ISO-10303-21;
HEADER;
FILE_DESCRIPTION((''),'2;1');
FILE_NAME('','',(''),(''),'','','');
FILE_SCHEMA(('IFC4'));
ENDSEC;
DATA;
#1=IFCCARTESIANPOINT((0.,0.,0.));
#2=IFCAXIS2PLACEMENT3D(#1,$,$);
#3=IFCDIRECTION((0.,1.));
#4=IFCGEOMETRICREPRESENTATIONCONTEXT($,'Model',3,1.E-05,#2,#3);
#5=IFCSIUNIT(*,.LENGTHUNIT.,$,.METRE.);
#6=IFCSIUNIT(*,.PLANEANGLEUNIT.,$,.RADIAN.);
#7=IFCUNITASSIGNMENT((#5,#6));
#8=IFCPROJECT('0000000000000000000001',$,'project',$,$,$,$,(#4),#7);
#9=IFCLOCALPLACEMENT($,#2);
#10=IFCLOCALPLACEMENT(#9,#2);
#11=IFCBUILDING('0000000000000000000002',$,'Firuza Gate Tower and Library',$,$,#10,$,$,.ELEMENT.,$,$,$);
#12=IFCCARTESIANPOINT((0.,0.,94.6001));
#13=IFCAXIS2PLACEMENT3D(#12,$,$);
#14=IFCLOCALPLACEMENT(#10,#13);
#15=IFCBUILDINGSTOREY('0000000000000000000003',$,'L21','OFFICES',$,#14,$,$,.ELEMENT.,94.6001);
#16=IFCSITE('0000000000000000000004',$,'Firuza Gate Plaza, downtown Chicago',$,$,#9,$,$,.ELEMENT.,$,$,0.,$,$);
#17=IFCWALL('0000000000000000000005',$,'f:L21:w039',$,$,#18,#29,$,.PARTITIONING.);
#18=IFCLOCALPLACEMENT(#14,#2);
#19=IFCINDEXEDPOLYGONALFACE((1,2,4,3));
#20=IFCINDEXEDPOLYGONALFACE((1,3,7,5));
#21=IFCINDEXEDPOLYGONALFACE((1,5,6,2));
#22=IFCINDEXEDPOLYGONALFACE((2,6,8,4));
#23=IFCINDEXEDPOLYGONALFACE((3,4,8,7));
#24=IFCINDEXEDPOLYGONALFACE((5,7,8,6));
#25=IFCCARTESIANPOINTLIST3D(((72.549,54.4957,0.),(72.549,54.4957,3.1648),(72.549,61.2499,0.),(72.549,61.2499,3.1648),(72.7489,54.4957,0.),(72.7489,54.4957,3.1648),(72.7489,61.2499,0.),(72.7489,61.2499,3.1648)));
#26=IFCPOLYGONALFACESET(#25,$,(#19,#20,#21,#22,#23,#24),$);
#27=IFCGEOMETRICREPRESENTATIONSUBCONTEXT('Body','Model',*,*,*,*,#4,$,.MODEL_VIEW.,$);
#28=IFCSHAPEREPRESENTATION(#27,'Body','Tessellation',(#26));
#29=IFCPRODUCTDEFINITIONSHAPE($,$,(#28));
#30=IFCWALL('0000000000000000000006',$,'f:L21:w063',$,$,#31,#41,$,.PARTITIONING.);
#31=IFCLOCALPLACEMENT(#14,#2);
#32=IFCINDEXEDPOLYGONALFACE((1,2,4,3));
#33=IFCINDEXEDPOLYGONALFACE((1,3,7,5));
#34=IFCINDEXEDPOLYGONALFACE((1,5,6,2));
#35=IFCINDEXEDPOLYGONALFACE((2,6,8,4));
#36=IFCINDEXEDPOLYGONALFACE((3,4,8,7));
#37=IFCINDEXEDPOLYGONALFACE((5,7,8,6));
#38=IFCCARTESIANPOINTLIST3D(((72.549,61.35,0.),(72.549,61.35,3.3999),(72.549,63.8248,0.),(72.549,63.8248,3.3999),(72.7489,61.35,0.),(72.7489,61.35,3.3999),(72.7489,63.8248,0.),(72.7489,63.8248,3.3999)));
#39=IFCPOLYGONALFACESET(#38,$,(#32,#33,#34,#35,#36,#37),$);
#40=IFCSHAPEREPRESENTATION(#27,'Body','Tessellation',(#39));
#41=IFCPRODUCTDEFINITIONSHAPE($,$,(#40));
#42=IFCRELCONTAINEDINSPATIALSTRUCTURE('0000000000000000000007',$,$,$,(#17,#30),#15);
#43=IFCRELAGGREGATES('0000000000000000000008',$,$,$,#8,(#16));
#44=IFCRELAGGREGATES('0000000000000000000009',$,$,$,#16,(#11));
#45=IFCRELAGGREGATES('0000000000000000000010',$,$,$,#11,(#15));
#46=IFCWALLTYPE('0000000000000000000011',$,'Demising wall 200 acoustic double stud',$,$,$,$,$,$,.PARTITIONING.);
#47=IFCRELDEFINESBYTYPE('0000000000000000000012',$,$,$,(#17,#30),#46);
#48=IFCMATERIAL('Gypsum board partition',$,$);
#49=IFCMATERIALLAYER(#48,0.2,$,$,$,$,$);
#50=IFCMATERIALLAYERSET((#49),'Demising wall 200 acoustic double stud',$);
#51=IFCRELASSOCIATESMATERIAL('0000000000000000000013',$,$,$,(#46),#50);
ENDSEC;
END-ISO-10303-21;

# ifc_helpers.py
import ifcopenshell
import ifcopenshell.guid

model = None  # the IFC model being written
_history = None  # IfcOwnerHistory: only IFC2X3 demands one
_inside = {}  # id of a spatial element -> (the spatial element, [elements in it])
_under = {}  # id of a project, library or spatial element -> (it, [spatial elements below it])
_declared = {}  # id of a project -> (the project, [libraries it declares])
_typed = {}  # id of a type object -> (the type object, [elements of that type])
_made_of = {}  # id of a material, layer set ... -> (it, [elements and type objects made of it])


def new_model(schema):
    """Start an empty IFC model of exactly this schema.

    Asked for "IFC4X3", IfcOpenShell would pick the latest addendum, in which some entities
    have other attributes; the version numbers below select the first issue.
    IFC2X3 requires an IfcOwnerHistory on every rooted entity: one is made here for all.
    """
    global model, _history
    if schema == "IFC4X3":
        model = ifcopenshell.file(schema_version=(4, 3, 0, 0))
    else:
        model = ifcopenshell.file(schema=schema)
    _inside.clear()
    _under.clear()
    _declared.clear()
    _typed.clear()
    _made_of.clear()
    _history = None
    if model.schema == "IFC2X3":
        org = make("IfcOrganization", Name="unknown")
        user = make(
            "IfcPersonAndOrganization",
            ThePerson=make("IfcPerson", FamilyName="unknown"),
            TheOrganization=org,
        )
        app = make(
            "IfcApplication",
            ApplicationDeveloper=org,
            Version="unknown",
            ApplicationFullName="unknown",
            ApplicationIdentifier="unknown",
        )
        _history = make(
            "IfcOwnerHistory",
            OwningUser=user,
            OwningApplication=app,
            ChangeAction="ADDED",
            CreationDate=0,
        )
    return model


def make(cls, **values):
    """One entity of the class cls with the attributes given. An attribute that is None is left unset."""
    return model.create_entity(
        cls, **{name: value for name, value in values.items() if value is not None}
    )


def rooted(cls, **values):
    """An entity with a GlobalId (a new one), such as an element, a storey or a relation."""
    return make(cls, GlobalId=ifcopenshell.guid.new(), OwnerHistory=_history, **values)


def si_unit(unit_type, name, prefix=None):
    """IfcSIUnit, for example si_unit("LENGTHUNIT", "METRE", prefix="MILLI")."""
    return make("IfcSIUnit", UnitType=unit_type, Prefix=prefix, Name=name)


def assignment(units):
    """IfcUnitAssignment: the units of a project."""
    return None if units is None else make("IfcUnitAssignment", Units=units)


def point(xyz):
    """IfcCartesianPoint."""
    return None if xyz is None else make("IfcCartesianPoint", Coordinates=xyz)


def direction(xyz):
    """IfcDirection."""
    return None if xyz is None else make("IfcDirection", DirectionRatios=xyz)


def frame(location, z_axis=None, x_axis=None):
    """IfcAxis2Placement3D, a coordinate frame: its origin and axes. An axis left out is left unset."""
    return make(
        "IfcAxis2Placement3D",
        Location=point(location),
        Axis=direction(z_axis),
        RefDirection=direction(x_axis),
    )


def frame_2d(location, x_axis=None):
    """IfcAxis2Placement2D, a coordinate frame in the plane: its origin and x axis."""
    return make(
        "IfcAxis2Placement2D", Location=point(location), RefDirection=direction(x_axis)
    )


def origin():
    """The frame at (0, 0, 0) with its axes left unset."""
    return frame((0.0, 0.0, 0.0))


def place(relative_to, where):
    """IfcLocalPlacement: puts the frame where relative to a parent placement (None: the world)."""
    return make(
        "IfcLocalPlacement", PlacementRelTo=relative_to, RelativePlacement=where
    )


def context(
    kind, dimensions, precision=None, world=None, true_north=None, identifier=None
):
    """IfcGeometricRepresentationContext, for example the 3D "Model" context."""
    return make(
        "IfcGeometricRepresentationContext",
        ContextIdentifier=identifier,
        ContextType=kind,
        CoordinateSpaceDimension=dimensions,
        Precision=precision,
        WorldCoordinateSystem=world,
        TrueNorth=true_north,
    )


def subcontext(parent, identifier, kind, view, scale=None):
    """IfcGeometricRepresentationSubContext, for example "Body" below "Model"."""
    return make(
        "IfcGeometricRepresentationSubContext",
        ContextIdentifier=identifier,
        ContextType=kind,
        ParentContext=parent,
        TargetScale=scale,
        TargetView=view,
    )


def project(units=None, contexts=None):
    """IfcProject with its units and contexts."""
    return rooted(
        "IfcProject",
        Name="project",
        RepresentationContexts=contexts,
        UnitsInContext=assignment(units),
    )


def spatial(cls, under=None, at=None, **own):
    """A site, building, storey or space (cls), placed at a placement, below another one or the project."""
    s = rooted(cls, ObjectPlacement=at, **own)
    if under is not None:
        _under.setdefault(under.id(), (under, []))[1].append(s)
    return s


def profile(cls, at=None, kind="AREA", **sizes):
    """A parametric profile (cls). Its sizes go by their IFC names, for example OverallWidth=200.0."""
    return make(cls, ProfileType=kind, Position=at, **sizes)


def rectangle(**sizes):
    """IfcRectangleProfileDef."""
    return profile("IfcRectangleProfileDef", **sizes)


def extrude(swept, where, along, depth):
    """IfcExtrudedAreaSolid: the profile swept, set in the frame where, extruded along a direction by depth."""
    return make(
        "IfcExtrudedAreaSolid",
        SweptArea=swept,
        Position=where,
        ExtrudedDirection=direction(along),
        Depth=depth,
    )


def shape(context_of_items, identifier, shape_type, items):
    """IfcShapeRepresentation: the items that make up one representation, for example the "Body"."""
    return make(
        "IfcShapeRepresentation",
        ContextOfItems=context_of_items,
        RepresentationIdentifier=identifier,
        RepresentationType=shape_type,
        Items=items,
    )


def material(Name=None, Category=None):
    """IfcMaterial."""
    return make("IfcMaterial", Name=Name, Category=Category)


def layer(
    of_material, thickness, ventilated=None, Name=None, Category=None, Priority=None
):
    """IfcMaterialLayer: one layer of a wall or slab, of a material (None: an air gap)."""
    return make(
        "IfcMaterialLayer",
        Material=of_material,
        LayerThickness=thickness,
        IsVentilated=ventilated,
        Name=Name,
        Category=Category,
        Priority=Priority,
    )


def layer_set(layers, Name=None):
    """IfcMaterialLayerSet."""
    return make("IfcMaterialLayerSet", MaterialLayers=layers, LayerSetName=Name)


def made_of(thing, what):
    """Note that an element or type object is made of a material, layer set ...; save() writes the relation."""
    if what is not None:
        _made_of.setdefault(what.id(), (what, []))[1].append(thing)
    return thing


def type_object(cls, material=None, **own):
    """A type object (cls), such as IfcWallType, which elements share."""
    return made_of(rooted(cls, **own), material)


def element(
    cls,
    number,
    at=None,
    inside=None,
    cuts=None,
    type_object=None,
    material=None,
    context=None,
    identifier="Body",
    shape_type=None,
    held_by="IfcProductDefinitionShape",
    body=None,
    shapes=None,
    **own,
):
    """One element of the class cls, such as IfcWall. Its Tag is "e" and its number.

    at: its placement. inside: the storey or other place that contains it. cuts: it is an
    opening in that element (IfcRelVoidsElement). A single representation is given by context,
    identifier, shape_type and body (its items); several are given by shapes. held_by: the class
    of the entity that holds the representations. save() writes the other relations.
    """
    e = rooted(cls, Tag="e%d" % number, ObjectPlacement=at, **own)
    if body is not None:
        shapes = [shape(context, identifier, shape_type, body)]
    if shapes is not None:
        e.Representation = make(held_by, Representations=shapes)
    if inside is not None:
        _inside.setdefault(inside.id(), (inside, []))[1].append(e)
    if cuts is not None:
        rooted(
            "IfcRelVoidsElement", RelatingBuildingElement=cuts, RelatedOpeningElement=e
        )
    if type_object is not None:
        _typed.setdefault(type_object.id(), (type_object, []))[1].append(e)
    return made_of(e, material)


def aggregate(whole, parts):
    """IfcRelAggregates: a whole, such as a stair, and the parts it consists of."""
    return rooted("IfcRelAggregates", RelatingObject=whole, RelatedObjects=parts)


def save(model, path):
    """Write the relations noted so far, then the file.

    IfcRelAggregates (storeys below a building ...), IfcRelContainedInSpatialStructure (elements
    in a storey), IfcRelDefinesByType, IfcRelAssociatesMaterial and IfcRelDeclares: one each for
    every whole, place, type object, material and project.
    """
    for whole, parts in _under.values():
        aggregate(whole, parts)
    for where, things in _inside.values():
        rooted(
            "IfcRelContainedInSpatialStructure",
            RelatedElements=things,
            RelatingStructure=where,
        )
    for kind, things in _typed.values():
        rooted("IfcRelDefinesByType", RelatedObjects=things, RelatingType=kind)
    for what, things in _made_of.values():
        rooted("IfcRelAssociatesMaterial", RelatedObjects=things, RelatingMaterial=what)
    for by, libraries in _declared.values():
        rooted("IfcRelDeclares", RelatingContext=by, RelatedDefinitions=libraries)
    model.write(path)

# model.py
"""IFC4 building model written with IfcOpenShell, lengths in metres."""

from ifc_helpers import new_model, si_unit, direction, frame, frame_2d, origin, place, context, subcontext, project, spatial, rectangle, extrude, material, layer, layer_set, type_object, element, save


model = new_model("IFC4")

# Units and contexts
model_context = context("Model", 3, precision=1e-05, world=origin(), true_north=direction((0.0, 1.0)))
body_context = subcontext(model_context, "Body", "Model", "MODEL_VIEW")
ifc_project = project(units=[si_unit("LENGTHUNIT", "METRE"), si_unit("PLANEANGLEUNIT", "RADIAN")], contexts=[model_context])

# Site, building, storey
site_placement = place(None, origin())
site = spatial("IfcSite", under=ifc_project, at=site_placement, Name="Firuza Gate Plaza, downtown Chicago", CompositionType="ELEMENT", RefElevation=0.0)
building_placement = place(site_placement, origin())
building = spatial("IfcBuilding", under=site, at=building_placement, Name="Firuza Gate Tower and Library", CompositionType="ELEMENT")
storey_placement = place(building_placement, frame((0.0, 0.0, 94.6001)))
storey = spatial("IfcBuildingStorey", under=building, at=storey_placement, Name="L21", Description="OFFICES", CompositionType="ELEMENT", Elevation=94.6001)

# Walls
ifc_material_1 = material(Name="Gypsum board partition")
ifc_layer_1 = layer(ifc_material_1, 0.2)
ifc_layer_set_1 = layer_set([ifc_layer_1], Name="Demising wall 200 acoustic double stud")
wall_type_1 = type_object("IfcWallType", Name="Demising wall 200 acoustic double stud", PredefinedType="PARTITIONING", material=ifc_layer_set_1)
wall_1_placement = place(storey_placement, frame((72.6489, 54.4958, 0.0), z_axis=(0.0, 0.0, 1.0), x_axis=(0.0, 1.0, 0.0)))
element("IfcWall", 1, at=wall_1_placement, inside=storey, type_object=wall_type_1, Name="f:L21:w039", PredefinedType="PARTITIONING", context=body_context, shape_type="SweptSolid", body=[
    extrude(rectangle(XDim=6.7542, YDim=0.2, at=frame_2d((3.377, 0.0))), origin(), (0.0, 0.0, 1.0), 3.1648),
])
wall_2_placement = place(storey_placement, frame((72.6489, 61.3501, 0.0), z_axis=(0.0, 0.0, 1.0), x_axis=(0.0, 1.0, 0.0)))
element("IfcWall", 2, at=wall_2_placement, inside=storey, type_object=wall_type_1, Name="f:L21:w063", PredefinedType="PARTITIONING", context=body_context, shape_type="SweptSolid", body=[
    extrude(rectangle(XDim=2.4749, YDim=0.2, at=frame_2d((1.2373, 0.0))), origin(), (0.0, 0.0, 1.0), 3.3999),
])

save(model, "model.ifc")
